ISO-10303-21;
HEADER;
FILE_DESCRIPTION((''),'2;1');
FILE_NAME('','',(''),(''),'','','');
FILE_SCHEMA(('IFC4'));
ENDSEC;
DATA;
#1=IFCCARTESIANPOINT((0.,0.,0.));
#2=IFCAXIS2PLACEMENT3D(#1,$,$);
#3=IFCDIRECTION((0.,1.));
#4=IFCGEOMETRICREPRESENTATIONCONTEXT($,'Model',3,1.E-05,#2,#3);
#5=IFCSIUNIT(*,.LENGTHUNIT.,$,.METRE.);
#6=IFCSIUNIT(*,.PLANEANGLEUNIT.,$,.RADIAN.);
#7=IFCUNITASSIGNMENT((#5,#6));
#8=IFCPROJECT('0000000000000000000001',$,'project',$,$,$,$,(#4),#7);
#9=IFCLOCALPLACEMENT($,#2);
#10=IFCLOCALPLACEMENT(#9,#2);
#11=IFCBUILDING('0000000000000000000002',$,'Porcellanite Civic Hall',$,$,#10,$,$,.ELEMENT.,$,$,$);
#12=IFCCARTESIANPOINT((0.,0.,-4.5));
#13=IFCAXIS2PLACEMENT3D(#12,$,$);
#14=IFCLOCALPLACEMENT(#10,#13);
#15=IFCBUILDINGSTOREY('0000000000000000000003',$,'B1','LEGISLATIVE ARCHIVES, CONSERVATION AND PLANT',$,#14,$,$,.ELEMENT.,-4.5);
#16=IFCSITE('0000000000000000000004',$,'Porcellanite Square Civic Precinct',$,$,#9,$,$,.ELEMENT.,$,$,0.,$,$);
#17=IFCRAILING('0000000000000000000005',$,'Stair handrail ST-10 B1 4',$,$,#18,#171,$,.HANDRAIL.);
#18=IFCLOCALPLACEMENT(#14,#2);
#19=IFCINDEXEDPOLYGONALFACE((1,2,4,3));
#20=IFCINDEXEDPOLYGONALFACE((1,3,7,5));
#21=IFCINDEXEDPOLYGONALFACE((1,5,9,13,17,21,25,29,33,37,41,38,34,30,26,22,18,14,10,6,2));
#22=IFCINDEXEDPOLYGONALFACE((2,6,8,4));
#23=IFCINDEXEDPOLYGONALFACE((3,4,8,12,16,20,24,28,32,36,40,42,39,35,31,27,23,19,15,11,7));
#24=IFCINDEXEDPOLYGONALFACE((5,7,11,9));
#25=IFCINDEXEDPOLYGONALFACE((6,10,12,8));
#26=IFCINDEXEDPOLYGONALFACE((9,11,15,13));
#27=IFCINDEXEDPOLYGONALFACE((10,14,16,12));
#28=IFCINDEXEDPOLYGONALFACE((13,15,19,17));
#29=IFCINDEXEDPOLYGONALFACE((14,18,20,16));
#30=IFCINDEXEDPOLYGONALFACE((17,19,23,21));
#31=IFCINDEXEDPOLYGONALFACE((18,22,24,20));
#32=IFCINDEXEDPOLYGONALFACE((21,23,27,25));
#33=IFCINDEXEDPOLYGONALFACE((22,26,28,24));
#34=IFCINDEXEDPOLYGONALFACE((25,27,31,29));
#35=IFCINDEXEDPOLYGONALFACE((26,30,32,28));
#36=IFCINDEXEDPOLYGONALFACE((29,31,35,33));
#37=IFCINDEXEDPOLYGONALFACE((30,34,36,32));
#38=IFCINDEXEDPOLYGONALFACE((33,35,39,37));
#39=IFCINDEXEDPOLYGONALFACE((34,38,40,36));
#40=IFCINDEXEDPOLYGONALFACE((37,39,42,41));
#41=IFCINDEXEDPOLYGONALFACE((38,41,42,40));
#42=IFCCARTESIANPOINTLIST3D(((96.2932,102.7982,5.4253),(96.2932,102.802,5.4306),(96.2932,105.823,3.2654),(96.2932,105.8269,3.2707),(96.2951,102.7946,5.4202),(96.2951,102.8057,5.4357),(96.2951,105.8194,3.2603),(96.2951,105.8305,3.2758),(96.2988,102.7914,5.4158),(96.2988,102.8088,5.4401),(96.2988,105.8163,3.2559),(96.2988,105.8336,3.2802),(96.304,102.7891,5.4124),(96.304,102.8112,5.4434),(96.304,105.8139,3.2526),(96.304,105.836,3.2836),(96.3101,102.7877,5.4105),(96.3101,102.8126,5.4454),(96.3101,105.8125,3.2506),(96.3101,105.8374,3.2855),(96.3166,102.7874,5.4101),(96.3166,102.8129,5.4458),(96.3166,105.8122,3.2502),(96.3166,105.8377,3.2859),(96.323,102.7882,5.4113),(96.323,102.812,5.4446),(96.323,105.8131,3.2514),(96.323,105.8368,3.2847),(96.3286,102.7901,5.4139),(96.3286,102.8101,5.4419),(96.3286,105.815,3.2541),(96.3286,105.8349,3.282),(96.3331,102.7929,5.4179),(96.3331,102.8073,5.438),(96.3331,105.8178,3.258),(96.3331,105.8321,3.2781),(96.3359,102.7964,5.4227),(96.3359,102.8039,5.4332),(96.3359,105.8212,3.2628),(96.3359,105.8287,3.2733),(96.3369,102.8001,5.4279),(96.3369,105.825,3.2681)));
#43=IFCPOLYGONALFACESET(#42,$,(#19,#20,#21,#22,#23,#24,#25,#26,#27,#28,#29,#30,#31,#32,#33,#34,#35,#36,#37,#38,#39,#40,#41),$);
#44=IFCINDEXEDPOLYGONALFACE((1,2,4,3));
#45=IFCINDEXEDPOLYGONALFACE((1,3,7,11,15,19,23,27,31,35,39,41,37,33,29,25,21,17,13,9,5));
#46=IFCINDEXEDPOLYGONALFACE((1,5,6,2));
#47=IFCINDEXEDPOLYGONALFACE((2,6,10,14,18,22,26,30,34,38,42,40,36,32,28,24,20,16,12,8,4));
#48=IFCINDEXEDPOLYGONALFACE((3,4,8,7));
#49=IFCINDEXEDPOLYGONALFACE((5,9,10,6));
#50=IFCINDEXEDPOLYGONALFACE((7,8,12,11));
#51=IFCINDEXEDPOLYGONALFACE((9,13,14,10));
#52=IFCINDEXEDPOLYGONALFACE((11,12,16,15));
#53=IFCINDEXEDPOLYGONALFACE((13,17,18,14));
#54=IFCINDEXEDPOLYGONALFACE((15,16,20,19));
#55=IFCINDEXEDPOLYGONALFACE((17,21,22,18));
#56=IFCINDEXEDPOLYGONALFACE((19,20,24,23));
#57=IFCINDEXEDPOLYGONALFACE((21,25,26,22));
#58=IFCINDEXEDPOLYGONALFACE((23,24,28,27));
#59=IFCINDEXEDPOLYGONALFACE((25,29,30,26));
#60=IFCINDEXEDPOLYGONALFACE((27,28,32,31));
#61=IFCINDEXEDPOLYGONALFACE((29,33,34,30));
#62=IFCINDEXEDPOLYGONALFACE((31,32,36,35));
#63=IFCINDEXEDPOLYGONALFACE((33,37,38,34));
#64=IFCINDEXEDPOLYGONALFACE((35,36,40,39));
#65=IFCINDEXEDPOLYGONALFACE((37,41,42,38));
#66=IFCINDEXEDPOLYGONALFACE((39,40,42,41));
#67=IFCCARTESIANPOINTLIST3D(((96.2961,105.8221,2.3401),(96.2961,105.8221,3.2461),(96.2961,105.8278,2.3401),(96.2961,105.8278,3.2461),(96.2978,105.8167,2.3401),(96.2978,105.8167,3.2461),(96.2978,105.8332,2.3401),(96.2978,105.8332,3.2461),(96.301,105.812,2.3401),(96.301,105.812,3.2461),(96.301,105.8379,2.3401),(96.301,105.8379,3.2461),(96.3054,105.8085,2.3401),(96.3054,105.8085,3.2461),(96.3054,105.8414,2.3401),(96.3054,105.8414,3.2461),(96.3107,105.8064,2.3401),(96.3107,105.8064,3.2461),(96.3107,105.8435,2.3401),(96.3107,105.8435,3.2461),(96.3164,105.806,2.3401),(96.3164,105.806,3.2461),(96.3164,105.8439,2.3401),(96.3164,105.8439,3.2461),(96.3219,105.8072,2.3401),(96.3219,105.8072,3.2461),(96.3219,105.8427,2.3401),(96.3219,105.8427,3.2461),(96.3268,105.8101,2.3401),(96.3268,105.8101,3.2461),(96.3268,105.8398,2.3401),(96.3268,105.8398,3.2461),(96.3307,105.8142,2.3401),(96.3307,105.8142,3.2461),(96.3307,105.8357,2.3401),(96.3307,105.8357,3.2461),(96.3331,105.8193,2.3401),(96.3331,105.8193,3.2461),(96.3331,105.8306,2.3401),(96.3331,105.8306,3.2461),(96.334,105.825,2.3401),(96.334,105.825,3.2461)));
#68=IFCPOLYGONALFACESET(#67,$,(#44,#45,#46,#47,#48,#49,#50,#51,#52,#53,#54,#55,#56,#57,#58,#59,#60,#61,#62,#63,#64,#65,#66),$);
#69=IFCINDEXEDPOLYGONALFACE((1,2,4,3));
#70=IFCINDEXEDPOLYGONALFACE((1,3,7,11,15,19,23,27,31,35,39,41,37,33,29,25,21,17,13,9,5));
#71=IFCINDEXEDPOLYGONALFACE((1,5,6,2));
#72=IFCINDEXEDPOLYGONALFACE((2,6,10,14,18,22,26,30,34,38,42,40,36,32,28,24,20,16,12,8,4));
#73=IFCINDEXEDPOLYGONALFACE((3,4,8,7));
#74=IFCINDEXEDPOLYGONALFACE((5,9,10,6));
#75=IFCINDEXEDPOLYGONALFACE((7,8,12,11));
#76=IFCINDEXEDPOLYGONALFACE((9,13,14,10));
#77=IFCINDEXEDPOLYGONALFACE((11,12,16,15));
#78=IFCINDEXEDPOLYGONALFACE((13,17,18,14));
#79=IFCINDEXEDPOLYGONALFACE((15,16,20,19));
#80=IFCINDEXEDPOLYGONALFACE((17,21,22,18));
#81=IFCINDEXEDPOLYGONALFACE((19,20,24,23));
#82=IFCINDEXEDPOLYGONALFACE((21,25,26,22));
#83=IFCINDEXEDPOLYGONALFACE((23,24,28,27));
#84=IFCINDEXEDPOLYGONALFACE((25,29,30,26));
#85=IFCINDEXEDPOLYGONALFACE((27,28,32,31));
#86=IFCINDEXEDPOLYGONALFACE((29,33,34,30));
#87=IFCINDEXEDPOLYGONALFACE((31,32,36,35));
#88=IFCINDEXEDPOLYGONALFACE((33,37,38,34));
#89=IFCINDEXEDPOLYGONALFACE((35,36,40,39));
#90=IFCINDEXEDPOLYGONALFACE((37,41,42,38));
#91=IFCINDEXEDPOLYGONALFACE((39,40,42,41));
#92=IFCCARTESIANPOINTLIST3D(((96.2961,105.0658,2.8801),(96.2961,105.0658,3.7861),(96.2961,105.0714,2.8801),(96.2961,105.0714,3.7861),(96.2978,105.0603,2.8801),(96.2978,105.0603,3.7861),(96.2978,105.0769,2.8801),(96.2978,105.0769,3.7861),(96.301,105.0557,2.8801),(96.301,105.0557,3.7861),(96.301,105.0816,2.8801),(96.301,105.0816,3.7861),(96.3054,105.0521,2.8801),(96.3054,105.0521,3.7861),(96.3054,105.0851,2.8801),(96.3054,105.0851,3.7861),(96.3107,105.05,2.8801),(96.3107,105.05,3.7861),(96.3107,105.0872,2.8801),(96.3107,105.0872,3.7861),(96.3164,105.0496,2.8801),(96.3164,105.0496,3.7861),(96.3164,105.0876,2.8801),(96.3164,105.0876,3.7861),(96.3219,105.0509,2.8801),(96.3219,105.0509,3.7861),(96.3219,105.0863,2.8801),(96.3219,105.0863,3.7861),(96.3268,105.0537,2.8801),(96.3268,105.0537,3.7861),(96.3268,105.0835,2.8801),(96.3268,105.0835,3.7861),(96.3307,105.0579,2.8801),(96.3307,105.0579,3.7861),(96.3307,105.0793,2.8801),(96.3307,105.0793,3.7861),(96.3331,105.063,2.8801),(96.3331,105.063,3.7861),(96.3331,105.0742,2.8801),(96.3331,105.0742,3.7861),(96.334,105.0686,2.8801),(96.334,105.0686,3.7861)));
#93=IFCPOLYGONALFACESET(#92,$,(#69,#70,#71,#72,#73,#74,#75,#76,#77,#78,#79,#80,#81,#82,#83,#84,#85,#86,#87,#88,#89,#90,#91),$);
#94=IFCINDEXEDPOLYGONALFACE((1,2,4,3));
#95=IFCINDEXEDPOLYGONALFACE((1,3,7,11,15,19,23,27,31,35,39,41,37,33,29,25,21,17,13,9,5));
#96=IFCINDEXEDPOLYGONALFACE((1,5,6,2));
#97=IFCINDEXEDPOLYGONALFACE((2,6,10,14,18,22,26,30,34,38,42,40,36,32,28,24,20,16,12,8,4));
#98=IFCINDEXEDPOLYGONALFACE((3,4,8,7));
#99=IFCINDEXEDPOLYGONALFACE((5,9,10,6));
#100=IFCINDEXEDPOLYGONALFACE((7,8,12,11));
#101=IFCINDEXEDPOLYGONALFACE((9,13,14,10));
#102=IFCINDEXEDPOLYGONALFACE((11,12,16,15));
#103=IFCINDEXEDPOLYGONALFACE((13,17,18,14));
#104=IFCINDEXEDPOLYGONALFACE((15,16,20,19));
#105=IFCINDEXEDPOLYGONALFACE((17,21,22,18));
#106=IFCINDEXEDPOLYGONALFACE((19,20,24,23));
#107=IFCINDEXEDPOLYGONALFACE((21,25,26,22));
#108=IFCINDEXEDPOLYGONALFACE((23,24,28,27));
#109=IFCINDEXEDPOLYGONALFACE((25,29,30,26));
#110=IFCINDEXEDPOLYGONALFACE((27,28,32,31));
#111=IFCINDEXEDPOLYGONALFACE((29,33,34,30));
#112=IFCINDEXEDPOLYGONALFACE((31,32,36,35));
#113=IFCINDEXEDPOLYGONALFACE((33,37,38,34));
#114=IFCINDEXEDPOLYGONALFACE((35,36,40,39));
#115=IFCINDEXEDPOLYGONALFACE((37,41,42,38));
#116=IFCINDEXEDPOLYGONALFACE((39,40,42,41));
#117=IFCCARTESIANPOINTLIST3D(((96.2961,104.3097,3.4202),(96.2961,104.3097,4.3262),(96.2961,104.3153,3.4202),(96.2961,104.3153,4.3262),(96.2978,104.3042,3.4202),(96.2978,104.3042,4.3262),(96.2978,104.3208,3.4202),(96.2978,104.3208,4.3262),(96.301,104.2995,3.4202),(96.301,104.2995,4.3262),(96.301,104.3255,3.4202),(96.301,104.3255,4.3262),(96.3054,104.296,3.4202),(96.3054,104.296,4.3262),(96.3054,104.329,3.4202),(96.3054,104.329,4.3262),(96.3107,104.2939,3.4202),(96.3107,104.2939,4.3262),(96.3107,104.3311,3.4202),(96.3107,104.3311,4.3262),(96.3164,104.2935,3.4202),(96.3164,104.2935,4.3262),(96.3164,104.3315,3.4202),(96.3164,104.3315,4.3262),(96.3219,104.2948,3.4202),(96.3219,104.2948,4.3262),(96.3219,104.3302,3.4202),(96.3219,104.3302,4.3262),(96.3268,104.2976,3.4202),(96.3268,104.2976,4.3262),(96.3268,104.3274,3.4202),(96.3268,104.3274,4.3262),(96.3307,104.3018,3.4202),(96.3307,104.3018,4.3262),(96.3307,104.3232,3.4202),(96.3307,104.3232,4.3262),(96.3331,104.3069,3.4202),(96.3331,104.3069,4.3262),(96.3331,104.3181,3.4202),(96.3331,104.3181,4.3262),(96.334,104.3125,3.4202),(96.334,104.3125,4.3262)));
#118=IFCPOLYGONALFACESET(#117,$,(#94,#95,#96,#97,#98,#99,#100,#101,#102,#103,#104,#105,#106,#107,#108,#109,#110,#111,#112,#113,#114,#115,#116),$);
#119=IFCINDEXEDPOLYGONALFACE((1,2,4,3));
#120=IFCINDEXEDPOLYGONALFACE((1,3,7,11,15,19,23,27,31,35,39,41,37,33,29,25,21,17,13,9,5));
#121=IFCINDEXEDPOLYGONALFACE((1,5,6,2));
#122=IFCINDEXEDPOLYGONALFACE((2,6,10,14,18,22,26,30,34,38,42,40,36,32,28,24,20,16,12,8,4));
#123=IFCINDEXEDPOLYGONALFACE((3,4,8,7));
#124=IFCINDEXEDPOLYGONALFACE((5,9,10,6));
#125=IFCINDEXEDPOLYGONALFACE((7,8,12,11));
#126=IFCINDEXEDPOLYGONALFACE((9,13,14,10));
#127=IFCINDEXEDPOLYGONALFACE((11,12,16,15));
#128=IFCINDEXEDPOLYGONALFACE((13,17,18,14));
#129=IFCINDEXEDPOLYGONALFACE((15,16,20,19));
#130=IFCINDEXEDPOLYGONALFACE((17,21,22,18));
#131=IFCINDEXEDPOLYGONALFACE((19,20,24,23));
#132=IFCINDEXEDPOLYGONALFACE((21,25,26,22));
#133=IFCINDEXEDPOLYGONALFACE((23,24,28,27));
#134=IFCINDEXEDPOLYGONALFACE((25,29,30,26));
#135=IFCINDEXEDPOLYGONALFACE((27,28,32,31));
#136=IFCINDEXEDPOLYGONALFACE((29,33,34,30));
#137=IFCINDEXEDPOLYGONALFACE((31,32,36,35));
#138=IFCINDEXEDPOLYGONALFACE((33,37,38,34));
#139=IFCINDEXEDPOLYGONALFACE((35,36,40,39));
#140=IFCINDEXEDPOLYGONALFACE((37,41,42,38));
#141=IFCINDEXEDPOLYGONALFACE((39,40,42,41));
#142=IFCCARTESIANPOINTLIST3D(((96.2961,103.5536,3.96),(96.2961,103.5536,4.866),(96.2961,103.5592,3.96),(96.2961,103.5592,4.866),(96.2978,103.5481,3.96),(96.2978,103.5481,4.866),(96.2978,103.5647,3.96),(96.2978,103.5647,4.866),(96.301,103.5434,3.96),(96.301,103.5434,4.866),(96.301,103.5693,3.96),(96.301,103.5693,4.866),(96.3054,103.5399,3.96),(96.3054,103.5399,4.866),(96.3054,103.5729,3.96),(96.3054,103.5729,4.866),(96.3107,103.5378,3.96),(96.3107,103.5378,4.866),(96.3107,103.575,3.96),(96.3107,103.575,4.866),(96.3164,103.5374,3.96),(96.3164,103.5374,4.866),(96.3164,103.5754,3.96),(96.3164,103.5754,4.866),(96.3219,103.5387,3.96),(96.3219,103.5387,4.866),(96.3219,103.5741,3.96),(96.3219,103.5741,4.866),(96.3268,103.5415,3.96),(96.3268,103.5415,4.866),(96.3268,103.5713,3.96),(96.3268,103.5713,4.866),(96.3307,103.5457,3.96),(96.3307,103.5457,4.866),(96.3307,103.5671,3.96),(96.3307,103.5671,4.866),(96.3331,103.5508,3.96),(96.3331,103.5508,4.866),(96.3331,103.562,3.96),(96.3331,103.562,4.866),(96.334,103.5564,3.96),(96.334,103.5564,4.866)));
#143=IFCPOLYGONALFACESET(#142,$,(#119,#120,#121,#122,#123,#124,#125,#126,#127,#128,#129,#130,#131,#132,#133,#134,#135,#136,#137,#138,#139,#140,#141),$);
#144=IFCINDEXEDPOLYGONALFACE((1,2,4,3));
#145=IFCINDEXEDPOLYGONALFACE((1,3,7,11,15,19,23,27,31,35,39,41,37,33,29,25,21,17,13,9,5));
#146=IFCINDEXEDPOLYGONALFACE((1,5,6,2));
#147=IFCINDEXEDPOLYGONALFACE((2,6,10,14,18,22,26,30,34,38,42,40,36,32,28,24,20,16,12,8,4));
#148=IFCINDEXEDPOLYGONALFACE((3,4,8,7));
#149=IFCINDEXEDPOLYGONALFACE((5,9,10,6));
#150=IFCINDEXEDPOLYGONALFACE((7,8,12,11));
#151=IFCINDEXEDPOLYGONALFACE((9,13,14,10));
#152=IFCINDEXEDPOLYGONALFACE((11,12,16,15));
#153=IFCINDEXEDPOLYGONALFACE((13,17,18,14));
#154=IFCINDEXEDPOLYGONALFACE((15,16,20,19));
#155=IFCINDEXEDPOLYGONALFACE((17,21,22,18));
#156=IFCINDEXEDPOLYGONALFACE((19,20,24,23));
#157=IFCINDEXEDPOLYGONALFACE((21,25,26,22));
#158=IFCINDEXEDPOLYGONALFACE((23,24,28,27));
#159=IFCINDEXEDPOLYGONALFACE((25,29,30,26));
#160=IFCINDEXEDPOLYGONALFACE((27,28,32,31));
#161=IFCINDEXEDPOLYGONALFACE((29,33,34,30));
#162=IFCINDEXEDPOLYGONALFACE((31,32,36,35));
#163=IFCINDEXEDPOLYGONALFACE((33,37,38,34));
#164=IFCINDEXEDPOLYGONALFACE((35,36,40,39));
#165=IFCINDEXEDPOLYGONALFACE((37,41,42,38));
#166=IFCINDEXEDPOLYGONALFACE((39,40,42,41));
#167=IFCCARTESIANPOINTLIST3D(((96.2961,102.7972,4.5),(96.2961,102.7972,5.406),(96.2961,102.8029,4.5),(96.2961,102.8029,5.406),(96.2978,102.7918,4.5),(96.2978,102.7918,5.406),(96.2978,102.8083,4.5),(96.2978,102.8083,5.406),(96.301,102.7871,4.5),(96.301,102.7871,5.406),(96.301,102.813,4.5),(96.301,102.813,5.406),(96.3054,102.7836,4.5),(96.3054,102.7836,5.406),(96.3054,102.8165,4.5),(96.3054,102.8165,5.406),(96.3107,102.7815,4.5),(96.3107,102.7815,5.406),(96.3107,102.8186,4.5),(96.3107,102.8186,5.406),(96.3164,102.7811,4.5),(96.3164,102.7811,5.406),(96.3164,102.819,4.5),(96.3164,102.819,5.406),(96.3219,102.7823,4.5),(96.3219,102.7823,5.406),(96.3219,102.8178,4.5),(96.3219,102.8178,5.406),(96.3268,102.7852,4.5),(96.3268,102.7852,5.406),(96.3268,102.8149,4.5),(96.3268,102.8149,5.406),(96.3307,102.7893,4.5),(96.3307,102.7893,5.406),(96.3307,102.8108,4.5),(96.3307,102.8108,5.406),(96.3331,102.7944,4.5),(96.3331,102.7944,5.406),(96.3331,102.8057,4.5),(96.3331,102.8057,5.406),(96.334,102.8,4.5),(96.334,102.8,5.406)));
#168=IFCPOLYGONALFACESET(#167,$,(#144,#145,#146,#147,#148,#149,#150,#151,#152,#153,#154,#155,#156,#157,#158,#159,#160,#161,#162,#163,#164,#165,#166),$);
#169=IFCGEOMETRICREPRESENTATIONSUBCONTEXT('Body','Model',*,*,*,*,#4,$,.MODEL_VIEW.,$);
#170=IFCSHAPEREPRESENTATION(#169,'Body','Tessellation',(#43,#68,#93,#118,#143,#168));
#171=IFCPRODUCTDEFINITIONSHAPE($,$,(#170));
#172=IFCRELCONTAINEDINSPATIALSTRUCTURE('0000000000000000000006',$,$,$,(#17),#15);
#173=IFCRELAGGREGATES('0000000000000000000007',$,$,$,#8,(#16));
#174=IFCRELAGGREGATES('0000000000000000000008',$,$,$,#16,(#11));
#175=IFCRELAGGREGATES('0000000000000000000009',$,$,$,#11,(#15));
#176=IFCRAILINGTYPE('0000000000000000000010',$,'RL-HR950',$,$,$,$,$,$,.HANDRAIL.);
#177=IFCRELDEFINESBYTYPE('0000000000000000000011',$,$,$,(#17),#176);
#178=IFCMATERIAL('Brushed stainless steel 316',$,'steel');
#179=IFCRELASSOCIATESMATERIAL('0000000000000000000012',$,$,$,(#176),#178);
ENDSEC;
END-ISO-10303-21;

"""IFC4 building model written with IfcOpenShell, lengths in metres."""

from ifc_helpers import new_model, si_unit, direction, frame, origin, origin_2d, place, context, subcontext, project, spatial, circle, extrude, material, type_object, element, save


model = new_model("IFC4")

# Units and contexts
model_context = context("Model", 3, precision=1e-05, world=origin(), true_north=direction((0.0, 1.0)))
body_context = subcontext(model_context, "Body", "Model", "MODEL_VIEW")
ifc_project = project(units=[si_unit("LENGTHUNIT", "METRE"), si_unit("PLANEANGLEUNIT", "RADIAN")], contexts=[model_context])

# Site, building, storey
site_placement = place(None, origin())
site = spatial("IfcSite", under=ifc_project, at=site_placement, Name="Porcellanite Square Civic Precinct", CompositionType="ELEMENT", RefElevation=0.0)
building_placement = place(site_placement, origin())
building = spatial("IfcBuilding", under=site, at=building_placement, Name="Porcellanite Civic Hall", CompositionType="ELEMENT")
storey_placement = place(building_placement, frame((0.0, 0.0, -4.5)))
storey = spatial("IfcBuildingStorey", under=building, at=storey_placement, Name="B1", Description="LEGISLATIVE ARCHIVES, CONSERVATION AND PLANT", CompositionType="ELEMENT", Elevation=-4.5)

# Railing
ifc_material_1 = material(Name="Brushed stainless steel 316", Category="steel")
railing_type_1 = type_object("IfcRailingType", Name="RL-HR950", PredefinedType="HANDRAIL", material=ifc_material_1)
railing_1_placement = place(storey_placement, frame((96.3149, 105.825, 2.3401)))
element("IfcRailing", 1, at=railing_1_placement, inside=storey, type_object=railing_type_1, Name="Stair handrail ST-10 B1 4", PredefinedType="HANDRAIL", context=body_context, shape_type="SweptSolid", body=[
    extrude(circle(Radius=0.022, at=origin_2d()), frame((0.0, 0.0, 0.928), z_axis=(0.0, -0.813827, 0.581108), x_axis=(1.0, 0.0, 0.0)), (0.0, 0.0, 1.0), 3.7168),
    extrude(circle(Radius=0.019, at=origin_2d()), origin(), (0.0, 0.0, 1.0), 0.906),
    extrude(circle(Radius=0.019, at=origin_2d()), frame((0.0, -0.7563, 0.54)), (0.0, 0.0, 1.0), 0.906),
    extrude(circle(Radius=0.019, at=origin_2d()), frame((0.0, -1.5125, 1.0801)), (0.0, 0.0, 1.0), 0.906),
    extrude(circle(Radius=0.019, at=origin_2d()), frame((0.0, -2.2686, 1.6199)), (0.0, 0.0, 1.0), 0.906),
    extrude(circle(Radius=0.019, at=origin_2d()), frame((0.0, -3.0249, 2.1599)), (0.0, 0.0, 1.0), 0.906),
])

save(model, "model.ifc")
